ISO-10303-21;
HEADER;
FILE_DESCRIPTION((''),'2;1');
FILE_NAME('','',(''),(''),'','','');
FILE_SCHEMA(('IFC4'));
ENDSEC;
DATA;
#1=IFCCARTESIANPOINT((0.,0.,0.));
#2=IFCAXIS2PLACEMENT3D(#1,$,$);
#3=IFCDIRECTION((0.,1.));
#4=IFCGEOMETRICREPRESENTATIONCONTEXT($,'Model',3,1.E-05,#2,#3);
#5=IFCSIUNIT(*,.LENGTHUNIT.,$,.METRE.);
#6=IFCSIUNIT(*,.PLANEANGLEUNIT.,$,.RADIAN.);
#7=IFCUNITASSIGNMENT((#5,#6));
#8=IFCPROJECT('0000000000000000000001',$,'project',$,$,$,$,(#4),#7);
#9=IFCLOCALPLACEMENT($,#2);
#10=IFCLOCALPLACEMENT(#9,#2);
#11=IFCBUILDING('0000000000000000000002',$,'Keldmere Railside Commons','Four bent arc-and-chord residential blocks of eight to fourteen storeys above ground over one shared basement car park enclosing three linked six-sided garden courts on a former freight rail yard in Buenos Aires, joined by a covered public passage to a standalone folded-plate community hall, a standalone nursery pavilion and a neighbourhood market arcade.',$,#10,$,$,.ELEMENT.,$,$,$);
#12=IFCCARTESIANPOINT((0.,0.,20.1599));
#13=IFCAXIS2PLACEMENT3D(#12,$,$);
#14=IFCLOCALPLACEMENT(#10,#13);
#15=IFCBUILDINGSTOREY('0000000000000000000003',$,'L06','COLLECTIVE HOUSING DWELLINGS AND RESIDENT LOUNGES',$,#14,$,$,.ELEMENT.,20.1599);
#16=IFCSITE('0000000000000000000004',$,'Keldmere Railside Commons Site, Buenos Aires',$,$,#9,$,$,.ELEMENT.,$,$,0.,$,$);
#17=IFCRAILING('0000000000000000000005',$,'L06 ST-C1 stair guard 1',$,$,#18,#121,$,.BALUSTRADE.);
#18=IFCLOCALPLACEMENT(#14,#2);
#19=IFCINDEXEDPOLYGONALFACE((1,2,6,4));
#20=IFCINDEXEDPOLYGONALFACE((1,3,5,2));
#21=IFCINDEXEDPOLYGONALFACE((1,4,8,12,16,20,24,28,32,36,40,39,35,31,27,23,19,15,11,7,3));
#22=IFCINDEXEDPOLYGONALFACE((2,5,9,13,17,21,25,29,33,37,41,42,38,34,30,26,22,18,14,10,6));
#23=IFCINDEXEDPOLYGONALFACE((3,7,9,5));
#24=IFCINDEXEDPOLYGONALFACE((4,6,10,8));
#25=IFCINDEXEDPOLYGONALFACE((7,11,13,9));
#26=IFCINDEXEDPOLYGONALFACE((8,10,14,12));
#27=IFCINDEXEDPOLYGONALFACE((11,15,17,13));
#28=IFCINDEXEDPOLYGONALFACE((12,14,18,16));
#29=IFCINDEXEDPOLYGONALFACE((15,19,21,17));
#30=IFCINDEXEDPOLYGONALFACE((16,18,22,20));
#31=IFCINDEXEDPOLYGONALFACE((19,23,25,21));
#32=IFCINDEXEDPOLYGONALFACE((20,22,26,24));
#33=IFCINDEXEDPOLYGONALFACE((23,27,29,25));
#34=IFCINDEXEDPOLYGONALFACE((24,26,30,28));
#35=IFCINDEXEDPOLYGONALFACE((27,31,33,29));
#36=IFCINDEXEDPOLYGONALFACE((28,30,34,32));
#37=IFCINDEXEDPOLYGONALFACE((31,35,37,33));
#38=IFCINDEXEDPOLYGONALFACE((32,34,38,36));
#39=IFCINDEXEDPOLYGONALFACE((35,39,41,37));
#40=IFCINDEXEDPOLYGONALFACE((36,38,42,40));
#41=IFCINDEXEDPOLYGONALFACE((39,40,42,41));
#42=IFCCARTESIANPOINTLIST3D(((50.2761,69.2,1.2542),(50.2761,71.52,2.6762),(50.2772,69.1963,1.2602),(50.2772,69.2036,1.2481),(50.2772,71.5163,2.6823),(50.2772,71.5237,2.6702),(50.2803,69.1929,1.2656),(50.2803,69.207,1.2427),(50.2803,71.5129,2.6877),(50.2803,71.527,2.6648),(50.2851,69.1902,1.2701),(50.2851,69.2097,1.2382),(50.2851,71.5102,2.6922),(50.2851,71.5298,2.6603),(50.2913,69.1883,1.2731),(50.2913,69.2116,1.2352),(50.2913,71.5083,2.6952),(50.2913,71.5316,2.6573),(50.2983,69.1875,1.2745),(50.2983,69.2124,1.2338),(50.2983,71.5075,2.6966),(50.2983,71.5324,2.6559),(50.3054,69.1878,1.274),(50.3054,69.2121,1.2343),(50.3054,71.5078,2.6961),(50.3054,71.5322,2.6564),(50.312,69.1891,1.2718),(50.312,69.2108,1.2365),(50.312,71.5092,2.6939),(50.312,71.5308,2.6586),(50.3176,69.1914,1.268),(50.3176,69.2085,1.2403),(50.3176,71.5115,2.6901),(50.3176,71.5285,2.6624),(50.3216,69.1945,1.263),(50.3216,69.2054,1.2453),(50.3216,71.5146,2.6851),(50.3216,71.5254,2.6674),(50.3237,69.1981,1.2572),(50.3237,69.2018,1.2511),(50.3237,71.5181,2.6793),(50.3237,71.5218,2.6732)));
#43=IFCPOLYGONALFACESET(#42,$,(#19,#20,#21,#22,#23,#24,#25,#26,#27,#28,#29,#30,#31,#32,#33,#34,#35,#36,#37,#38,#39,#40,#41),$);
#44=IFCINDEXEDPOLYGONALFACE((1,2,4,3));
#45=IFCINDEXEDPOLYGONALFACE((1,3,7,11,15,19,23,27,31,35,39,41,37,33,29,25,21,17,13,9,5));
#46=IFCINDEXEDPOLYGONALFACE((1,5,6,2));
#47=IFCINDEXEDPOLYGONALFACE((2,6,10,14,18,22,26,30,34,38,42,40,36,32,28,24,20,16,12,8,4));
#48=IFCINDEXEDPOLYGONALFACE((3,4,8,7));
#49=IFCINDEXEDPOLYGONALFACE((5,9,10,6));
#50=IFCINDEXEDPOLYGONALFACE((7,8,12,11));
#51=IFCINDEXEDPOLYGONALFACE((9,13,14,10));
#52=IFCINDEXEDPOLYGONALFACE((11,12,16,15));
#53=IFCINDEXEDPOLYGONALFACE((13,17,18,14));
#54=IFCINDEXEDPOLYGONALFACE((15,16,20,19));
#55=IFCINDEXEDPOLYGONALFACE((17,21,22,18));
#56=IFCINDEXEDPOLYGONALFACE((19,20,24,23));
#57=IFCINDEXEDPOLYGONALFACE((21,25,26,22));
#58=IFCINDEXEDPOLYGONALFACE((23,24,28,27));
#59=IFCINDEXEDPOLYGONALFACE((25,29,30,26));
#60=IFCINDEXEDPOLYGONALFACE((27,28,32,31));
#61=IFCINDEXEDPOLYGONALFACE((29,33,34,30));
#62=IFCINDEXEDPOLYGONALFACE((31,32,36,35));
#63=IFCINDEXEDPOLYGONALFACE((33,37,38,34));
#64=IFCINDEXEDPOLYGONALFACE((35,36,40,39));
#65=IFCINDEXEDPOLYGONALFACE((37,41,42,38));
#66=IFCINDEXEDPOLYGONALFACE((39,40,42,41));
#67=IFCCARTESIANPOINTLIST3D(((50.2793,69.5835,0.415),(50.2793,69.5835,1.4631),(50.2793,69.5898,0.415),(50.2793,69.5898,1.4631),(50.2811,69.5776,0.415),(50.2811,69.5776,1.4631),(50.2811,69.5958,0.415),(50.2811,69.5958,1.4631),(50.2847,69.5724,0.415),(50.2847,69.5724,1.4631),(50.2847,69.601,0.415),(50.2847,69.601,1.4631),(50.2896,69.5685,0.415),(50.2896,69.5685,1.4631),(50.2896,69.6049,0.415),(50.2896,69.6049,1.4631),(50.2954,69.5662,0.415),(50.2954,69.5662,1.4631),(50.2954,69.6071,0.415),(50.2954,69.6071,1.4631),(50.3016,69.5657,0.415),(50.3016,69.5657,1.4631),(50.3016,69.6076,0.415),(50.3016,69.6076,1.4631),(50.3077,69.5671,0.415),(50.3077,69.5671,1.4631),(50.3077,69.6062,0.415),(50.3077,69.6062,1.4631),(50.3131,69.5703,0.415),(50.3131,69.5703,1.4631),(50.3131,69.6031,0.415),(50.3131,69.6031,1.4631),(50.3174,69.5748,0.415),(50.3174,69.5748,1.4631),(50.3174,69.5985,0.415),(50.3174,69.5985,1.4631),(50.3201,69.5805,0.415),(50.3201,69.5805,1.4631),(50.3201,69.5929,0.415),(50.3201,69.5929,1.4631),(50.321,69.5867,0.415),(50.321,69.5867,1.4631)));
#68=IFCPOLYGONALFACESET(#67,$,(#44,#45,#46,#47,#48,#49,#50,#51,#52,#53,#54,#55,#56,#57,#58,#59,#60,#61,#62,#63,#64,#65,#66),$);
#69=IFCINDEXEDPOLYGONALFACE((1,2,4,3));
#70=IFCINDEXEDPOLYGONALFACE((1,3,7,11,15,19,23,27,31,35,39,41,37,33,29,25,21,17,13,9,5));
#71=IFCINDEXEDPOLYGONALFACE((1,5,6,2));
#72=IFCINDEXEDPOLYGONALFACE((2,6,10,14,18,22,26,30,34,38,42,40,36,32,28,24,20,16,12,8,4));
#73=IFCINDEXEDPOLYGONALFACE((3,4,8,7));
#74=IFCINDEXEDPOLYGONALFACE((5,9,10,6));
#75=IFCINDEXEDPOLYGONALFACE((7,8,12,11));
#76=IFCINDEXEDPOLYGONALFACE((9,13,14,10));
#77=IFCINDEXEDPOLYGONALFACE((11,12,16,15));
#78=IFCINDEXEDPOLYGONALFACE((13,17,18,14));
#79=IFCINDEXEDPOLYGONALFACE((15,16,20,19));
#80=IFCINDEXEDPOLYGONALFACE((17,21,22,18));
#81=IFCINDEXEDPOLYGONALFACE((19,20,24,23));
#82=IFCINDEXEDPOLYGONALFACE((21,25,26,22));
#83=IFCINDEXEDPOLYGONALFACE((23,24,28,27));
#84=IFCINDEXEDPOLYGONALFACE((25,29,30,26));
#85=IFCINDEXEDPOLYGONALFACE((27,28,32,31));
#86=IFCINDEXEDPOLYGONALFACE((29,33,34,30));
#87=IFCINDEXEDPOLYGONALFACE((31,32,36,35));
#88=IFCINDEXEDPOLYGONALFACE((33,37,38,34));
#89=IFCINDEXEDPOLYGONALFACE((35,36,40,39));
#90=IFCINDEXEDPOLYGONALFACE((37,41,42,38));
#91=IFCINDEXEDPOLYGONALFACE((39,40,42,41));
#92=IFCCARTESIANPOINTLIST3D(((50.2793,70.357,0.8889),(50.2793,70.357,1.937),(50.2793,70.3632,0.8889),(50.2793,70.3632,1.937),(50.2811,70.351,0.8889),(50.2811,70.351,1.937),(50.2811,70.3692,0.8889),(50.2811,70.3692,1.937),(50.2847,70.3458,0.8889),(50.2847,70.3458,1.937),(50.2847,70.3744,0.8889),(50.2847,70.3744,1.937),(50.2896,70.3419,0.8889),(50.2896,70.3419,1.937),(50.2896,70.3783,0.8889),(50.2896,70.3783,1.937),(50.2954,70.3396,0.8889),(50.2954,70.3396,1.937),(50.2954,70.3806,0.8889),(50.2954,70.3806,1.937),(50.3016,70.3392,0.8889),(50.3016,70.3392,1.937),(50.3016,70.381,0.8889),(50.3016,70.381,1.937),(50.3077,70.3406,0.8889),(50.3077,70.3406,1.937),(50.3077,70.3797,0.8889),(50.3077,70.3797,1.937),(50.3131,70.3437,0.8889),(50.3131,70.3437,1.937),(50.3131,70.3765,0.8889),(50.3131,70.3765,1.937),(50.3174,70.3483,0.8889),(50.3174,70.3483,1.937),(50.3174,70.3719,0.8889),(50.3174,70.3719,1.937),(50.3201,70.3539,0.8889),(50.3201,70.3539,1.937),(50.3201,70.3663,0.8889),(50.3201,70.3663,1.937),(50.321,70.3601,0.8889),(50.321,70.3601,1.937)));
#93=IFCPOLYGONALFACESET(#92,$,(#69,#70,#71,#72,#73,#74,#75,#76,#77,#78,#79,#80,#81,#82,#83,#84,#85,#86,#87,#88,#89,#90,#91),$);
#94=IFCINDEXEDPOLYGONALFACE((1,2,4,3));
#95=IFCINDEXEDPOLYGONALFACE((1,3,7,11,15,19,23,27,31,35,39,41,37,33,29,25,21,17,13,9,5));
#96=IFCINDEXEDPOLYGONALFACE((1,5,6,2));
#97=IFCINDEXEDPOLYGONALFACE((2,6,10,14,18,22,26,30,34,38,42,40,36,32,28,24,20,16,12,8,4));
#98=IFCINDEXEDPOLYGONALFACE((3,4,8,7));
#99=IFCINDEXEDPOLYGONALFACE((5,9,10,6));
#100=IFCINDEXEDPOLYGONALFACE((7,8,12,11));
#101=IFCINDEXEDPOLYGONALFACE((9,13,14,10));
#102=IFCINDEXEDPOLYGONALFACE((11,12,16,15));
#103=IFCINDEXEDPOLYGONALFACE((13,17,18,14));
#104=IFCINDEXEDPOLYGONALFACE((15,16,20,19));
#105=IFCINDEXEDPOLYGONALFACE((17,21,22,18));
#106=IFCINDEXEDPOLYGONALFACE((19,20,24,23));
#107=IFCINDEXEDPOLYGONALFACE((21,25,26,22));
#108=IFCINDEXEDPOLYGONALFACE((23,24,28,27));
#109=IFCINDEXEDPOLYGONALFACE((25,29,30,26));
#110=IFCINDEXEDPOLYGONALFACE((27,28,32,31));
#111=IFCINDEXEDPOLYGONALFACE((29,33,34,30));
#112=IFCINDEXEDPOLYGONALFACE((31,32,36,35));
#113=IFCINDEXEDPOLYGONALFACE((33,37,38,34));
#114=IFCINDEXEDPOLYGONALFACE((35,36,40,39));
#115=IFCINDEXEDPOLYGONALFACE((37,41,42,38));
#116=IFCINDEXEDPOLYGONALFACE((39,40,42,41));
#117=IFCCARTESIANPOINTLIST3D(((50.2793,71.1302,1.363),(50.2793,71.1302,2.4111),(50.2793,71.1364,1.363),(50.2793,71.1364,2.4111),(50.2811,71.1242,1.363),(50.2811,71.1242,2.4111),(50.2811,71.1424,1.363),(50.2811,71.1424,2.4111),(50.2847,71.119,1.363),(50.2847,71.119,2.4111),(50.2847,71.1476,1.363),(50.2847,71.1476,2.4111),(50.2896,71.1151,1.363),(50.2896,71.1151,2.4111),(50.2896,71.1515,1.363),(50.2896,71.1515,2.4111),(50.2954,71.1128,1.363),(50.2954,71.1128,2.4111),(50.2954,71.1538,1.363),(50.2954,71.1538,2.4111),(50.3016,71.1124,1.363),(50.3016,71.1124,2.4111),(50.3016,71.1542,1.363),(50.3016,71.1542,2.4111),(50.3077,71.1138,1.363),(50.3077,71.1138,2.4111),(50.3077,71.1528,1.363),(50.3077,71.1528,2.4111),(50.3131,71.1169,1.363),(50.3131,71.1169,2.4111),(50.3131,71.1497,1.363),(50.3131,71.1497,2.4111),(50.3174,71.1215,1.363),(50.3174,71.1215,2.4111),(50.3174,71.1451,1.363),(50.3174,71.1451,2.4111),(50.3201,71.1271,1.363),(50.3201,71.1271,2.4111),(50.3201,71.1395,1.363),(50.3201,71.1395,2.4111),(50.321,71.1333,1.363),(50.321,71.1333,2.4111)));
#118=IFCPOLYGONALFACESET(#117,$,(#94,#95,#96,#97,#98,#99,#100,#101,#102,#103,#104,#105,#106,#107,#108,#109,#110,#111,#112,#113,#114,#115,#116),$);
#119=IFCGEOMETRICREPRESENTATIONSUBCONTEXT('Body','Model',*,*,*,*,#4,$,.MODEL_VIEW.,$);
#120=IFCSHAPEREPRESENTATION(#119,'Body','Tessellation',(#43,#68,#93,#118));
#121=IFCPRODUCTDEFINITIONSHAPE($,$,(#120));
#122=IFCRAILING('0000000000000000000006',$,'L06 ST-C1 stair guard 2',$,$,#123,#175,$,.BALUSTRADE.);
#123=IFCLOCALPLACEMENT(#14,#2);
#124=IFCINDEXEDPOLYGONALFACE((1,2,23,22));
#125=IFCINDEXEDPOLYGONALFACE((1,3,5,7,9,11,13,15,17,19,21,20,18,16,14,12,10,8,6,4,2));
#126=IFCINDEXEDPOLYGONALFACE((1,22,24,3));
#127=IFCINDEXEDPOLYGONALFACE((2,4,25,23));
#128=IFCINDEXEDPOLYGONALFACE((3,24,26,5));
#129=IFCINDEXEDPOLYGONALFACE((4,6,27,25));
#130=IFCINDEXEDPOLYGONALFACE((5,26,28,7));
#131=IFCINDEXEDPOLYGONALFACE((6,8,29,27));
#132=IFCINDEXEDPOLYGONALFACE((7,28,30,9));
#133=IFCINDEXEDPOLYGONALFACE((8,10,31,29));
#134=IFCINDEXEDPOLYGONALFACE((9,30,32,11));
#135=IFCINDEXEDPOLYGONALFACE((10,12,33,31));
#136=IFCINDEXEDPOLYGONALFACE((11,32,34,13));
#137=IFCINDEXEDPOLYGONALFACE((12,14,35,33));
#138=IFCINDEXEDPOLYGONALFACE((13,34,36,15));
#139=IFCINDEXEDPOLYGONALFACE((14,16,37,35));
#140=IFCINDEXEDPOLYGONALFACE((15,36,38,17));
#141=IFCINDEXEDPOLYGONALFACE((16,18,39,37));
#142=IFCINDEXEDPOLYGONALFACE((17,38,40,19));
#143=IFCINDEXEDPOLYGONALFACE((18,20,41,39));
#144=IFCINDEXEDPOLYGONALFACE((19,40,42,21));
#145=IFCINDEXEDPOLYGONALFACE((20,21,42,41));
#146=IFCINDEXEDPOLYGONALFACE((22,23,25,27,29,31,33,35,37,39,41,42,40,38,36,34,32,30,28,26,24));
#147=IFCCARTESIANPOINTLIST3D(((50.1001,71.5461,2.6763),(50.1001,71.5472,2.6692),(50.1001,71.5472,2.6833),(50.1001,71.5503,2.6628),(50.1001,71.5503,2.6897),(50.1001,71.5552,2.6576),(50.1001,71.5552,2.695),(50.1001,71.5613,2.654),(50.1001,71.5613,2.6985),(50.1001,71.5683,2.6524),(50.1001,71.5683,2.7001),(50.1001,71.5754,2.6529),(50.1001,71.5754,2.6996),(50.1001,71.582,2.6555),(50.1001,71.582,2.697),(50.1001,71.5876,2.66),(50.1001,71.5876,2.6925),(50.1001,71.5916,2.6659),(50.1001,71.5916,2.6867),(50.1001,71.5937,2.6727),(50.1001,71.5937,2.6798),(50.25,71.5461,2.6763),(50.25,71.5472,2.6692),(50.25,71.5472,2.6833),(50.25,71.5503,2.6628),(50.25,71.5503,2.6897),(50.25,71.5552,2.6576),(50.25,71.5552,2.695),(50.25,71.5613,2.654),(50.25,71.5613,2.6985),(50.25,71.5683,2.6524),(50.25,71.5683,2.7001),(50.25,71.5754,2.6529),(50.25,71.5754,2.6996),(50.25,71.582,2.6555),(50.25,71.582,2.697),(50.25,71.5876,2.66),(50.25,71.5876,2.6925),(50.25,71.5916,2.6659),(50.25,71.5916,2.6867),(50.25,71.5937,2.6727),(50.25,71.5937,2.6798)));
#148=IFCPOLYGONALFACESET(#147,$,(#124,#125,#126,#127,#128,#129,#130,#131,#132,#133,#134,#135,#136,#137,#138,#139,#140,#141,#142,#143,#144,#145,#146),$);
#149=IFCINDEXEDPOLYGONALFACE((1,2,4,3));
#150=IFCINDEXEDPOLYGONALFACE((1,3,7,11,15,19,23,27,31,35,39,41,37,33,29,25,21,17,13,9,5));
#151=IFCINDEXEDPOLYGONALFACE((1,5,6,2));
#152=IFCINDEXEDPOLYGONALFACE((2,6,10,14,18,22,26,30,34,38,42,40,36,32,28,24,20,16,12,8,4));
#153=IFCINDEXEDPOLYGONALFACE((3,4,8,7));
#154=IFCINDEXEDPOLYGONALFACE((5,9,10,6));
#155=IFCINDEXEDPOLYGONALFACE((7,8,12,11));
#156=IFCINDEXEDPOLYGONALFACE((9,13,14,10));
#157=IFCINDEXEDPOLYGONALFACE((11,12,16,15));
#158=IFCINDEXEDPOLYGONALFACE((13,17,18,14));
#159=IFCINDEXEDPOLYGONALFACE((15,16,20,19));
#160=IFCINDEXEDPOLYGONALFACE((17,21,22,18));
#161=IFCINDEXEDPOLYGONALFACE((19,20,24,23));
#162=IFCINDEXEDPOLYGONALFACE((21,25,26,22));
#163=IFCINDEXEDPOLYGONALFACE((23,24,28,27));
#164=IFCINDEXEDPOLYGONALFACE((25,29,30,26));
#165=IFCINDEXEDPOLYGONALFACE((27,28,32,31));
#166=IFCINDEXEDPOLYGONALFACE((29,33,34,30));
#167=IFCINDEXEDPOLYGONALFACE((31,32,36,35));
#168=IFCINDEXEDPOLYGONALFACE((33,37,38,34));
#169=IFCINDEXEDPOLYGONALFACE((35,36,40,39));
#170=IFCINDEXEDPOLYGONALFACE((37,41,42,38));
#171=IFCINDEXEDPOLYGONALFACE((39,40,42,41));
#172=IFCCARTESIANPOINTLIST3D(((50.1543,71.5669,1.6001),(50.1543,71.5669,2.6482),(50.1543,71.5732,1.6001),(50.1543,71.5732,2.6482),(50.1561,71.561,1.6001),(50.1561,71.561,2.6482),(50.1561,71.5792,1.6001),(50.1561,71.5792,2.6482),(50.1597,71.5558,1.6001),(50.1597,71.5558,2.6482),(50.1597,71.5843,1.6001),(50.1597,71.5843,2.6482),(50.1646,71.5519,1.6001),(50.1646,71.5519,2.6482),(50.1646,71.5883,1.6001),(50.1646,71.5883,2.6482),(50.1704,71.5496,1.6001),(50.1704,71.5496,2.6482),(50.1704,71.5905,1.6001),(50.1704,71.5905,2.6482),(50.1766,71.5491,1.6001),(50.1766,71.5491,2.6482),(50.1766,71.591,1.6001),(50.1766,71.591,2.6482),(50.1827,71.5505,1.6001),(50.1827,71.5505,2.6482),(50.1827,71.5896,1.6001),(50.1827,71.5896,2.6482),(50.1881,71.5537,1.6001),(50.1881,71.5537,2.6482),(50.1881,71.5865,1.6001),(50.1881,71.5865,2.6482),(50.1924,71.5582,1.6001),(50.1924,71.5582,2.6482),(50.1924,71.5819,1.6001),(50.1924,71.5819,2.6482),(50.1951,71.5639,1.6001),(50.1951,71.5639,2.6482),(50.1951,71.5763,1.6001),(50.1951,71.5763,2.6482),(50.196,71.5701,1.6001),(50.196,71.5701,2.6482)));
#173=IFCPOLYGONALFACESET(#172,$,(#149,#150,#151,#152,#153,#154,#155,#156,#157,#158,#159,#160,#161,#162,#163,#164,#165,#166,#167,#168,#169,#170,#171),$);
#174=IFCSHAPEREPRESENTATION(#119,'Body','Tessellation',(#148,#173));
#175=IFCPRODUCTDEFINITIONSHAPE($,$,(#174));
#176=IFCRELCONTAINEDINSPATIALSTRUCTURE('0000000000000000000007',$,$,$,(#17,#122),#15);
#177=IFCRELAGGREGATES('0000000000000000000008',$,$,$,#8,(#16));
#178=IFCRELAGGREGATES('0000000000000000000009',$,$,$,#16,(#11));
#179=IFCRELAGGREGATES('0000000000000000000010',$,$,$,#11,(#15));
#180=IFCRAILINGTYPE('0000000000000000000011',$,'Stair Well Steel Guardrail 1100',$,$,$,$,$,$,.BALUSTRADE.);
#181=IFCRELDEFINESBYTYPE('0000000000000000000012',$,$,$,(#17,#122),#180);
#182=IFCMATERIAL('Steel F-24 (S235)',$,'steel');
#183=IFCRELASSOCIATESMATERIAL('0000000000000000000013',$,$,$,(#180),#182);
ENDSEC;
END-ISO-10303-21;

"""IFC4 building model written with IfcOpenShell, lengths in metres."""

from ifc_helpers import new_model, si_unit, direction, frame, origin, origin_2d, place, context, subcontext, project, spatial, circle, extrude, material, type_object, element, save


model = new_model("IFC4")

# Units and contexts
model_context = context("Model", 3, precision=1e-05, world=origin(), true_north=direction((0.0, 1.0)))
body_context = subcontext(model_context, "Body", "Model", "MODEL_VIEW")
ifc_project = project(units=[si_unit("LENGTHUNIT", "METRE"), si_unit("PLANEANGLEUNIT", "RADIAN")], contexts=[model_context])

# Site, building, storey
site_placement = place(None, origin())
site = spatial("IfcSite", under=ifc_project, at=site_placement, Name="Keldmere Railside Commons Site, Buenos Aires", CompositionType="ELEMENT", RefElevation=0.0)
building_placement = place(site_placement, origin())
building = spatial("IfcBuilding", under=site, at=building_placement, Name="Keldmere Railside Commons", Description="Four bent arc-and-chord residential blocks of eight to fourteen storeys above ground over one shared basement car park enclosing three linked six-sided garden courts on a former freight rail yard in Buenos Aires, joined by a covered public passage to a standalone folded-plate community hall, a standalone nursery pavilion and a neighbourhood market arcade.", CompositionType="ELEMENT")
storey_placement = place(building_placement, frame((0.0, 0.0, 20.1599)))
storey = spatial("IfcBuildingStorey", under=building, at=storey_placement, Name="L06", Description="COLLECTIVE HOUSING DWELLINGS AND RESIDENT LOUNGES", CompositionType="ELEMENT", Elevation=20.1599)

# Shared definitions
ifc_material_1 = material(Name="Steel F-24 (S235)", Category="steel")

# Railings
railing_type_1 = type_object("IfcRailingType", Name="Stair Well Steel Guardrail 1100", PredefinedType="BALUSTRADE", material=ifc_material_1)
railing_1_placement = place(storey_placement, frame((50.3, 69.2, 0.178)))
element("IfcRailing", 1, at=railing_1_placement, inside=storey, type_object=railing_type_1, Name="L06 ST-C1 stair guard 1", PredefinedType="BALUSTRADE", context=body_context, shape_type="SweptSolid", body=[
    extrude(circle(Radius=0.0239, at=origin_2d()), frame((0.0, 0.0, 1.0762), z_axis=(0.0, 0.852578, 0.5226), x_axis=(-1.0, 0.0, 0.0)), (0.0, 0.0, 1.0), 2.7212),
    extrude(circle(Radius=0.021, at=origin_2d()), frame((0.0, 0.3867, 0.2371)), (0.0, 0.0, 1.0), 1.0481),
    extrude(circle(Radius=0.021, at=origin_2d()), frame((0.0, 1.1602, 0.7109)), (0.0, 0.0, 1.0), 1.0481),
    extrude(circle(Radius=0.021, at=origin_2d()), frame((0.0, 1.9333, 1.1851)), (0.0, 0.0, 1.0), 1.0481),
])
railing_2_placement = place(storey_placement, frame((50.25, 71.5701, 1.6001)))
element("IfcRailing", 2, at=railing_2_placement, inside=storey, type_object=railing_type_1, Name="L06 ST-C1 stair guard 2", PredefinedType="BALUSTRADE", context=body_context, shape_type="SweptSolid", body=[
    extrude(circle(Radius=0.0239, at=origin_2d()), frame((0.0, 0.0, 1.0762), z_axis=(-1.0, 0.0, 0.0), x_axis=(0.0, -1.0, 0.0)), (0.0, 0.0, 1.0), 0.1499),
    extrude(circle(Radius=0.021, at=origin_2d()), frame((-0.075, 0.0, 0.0)), (0.0, 0.0, 1.0), 1.0481),
])

save(model, "model.ifc")
